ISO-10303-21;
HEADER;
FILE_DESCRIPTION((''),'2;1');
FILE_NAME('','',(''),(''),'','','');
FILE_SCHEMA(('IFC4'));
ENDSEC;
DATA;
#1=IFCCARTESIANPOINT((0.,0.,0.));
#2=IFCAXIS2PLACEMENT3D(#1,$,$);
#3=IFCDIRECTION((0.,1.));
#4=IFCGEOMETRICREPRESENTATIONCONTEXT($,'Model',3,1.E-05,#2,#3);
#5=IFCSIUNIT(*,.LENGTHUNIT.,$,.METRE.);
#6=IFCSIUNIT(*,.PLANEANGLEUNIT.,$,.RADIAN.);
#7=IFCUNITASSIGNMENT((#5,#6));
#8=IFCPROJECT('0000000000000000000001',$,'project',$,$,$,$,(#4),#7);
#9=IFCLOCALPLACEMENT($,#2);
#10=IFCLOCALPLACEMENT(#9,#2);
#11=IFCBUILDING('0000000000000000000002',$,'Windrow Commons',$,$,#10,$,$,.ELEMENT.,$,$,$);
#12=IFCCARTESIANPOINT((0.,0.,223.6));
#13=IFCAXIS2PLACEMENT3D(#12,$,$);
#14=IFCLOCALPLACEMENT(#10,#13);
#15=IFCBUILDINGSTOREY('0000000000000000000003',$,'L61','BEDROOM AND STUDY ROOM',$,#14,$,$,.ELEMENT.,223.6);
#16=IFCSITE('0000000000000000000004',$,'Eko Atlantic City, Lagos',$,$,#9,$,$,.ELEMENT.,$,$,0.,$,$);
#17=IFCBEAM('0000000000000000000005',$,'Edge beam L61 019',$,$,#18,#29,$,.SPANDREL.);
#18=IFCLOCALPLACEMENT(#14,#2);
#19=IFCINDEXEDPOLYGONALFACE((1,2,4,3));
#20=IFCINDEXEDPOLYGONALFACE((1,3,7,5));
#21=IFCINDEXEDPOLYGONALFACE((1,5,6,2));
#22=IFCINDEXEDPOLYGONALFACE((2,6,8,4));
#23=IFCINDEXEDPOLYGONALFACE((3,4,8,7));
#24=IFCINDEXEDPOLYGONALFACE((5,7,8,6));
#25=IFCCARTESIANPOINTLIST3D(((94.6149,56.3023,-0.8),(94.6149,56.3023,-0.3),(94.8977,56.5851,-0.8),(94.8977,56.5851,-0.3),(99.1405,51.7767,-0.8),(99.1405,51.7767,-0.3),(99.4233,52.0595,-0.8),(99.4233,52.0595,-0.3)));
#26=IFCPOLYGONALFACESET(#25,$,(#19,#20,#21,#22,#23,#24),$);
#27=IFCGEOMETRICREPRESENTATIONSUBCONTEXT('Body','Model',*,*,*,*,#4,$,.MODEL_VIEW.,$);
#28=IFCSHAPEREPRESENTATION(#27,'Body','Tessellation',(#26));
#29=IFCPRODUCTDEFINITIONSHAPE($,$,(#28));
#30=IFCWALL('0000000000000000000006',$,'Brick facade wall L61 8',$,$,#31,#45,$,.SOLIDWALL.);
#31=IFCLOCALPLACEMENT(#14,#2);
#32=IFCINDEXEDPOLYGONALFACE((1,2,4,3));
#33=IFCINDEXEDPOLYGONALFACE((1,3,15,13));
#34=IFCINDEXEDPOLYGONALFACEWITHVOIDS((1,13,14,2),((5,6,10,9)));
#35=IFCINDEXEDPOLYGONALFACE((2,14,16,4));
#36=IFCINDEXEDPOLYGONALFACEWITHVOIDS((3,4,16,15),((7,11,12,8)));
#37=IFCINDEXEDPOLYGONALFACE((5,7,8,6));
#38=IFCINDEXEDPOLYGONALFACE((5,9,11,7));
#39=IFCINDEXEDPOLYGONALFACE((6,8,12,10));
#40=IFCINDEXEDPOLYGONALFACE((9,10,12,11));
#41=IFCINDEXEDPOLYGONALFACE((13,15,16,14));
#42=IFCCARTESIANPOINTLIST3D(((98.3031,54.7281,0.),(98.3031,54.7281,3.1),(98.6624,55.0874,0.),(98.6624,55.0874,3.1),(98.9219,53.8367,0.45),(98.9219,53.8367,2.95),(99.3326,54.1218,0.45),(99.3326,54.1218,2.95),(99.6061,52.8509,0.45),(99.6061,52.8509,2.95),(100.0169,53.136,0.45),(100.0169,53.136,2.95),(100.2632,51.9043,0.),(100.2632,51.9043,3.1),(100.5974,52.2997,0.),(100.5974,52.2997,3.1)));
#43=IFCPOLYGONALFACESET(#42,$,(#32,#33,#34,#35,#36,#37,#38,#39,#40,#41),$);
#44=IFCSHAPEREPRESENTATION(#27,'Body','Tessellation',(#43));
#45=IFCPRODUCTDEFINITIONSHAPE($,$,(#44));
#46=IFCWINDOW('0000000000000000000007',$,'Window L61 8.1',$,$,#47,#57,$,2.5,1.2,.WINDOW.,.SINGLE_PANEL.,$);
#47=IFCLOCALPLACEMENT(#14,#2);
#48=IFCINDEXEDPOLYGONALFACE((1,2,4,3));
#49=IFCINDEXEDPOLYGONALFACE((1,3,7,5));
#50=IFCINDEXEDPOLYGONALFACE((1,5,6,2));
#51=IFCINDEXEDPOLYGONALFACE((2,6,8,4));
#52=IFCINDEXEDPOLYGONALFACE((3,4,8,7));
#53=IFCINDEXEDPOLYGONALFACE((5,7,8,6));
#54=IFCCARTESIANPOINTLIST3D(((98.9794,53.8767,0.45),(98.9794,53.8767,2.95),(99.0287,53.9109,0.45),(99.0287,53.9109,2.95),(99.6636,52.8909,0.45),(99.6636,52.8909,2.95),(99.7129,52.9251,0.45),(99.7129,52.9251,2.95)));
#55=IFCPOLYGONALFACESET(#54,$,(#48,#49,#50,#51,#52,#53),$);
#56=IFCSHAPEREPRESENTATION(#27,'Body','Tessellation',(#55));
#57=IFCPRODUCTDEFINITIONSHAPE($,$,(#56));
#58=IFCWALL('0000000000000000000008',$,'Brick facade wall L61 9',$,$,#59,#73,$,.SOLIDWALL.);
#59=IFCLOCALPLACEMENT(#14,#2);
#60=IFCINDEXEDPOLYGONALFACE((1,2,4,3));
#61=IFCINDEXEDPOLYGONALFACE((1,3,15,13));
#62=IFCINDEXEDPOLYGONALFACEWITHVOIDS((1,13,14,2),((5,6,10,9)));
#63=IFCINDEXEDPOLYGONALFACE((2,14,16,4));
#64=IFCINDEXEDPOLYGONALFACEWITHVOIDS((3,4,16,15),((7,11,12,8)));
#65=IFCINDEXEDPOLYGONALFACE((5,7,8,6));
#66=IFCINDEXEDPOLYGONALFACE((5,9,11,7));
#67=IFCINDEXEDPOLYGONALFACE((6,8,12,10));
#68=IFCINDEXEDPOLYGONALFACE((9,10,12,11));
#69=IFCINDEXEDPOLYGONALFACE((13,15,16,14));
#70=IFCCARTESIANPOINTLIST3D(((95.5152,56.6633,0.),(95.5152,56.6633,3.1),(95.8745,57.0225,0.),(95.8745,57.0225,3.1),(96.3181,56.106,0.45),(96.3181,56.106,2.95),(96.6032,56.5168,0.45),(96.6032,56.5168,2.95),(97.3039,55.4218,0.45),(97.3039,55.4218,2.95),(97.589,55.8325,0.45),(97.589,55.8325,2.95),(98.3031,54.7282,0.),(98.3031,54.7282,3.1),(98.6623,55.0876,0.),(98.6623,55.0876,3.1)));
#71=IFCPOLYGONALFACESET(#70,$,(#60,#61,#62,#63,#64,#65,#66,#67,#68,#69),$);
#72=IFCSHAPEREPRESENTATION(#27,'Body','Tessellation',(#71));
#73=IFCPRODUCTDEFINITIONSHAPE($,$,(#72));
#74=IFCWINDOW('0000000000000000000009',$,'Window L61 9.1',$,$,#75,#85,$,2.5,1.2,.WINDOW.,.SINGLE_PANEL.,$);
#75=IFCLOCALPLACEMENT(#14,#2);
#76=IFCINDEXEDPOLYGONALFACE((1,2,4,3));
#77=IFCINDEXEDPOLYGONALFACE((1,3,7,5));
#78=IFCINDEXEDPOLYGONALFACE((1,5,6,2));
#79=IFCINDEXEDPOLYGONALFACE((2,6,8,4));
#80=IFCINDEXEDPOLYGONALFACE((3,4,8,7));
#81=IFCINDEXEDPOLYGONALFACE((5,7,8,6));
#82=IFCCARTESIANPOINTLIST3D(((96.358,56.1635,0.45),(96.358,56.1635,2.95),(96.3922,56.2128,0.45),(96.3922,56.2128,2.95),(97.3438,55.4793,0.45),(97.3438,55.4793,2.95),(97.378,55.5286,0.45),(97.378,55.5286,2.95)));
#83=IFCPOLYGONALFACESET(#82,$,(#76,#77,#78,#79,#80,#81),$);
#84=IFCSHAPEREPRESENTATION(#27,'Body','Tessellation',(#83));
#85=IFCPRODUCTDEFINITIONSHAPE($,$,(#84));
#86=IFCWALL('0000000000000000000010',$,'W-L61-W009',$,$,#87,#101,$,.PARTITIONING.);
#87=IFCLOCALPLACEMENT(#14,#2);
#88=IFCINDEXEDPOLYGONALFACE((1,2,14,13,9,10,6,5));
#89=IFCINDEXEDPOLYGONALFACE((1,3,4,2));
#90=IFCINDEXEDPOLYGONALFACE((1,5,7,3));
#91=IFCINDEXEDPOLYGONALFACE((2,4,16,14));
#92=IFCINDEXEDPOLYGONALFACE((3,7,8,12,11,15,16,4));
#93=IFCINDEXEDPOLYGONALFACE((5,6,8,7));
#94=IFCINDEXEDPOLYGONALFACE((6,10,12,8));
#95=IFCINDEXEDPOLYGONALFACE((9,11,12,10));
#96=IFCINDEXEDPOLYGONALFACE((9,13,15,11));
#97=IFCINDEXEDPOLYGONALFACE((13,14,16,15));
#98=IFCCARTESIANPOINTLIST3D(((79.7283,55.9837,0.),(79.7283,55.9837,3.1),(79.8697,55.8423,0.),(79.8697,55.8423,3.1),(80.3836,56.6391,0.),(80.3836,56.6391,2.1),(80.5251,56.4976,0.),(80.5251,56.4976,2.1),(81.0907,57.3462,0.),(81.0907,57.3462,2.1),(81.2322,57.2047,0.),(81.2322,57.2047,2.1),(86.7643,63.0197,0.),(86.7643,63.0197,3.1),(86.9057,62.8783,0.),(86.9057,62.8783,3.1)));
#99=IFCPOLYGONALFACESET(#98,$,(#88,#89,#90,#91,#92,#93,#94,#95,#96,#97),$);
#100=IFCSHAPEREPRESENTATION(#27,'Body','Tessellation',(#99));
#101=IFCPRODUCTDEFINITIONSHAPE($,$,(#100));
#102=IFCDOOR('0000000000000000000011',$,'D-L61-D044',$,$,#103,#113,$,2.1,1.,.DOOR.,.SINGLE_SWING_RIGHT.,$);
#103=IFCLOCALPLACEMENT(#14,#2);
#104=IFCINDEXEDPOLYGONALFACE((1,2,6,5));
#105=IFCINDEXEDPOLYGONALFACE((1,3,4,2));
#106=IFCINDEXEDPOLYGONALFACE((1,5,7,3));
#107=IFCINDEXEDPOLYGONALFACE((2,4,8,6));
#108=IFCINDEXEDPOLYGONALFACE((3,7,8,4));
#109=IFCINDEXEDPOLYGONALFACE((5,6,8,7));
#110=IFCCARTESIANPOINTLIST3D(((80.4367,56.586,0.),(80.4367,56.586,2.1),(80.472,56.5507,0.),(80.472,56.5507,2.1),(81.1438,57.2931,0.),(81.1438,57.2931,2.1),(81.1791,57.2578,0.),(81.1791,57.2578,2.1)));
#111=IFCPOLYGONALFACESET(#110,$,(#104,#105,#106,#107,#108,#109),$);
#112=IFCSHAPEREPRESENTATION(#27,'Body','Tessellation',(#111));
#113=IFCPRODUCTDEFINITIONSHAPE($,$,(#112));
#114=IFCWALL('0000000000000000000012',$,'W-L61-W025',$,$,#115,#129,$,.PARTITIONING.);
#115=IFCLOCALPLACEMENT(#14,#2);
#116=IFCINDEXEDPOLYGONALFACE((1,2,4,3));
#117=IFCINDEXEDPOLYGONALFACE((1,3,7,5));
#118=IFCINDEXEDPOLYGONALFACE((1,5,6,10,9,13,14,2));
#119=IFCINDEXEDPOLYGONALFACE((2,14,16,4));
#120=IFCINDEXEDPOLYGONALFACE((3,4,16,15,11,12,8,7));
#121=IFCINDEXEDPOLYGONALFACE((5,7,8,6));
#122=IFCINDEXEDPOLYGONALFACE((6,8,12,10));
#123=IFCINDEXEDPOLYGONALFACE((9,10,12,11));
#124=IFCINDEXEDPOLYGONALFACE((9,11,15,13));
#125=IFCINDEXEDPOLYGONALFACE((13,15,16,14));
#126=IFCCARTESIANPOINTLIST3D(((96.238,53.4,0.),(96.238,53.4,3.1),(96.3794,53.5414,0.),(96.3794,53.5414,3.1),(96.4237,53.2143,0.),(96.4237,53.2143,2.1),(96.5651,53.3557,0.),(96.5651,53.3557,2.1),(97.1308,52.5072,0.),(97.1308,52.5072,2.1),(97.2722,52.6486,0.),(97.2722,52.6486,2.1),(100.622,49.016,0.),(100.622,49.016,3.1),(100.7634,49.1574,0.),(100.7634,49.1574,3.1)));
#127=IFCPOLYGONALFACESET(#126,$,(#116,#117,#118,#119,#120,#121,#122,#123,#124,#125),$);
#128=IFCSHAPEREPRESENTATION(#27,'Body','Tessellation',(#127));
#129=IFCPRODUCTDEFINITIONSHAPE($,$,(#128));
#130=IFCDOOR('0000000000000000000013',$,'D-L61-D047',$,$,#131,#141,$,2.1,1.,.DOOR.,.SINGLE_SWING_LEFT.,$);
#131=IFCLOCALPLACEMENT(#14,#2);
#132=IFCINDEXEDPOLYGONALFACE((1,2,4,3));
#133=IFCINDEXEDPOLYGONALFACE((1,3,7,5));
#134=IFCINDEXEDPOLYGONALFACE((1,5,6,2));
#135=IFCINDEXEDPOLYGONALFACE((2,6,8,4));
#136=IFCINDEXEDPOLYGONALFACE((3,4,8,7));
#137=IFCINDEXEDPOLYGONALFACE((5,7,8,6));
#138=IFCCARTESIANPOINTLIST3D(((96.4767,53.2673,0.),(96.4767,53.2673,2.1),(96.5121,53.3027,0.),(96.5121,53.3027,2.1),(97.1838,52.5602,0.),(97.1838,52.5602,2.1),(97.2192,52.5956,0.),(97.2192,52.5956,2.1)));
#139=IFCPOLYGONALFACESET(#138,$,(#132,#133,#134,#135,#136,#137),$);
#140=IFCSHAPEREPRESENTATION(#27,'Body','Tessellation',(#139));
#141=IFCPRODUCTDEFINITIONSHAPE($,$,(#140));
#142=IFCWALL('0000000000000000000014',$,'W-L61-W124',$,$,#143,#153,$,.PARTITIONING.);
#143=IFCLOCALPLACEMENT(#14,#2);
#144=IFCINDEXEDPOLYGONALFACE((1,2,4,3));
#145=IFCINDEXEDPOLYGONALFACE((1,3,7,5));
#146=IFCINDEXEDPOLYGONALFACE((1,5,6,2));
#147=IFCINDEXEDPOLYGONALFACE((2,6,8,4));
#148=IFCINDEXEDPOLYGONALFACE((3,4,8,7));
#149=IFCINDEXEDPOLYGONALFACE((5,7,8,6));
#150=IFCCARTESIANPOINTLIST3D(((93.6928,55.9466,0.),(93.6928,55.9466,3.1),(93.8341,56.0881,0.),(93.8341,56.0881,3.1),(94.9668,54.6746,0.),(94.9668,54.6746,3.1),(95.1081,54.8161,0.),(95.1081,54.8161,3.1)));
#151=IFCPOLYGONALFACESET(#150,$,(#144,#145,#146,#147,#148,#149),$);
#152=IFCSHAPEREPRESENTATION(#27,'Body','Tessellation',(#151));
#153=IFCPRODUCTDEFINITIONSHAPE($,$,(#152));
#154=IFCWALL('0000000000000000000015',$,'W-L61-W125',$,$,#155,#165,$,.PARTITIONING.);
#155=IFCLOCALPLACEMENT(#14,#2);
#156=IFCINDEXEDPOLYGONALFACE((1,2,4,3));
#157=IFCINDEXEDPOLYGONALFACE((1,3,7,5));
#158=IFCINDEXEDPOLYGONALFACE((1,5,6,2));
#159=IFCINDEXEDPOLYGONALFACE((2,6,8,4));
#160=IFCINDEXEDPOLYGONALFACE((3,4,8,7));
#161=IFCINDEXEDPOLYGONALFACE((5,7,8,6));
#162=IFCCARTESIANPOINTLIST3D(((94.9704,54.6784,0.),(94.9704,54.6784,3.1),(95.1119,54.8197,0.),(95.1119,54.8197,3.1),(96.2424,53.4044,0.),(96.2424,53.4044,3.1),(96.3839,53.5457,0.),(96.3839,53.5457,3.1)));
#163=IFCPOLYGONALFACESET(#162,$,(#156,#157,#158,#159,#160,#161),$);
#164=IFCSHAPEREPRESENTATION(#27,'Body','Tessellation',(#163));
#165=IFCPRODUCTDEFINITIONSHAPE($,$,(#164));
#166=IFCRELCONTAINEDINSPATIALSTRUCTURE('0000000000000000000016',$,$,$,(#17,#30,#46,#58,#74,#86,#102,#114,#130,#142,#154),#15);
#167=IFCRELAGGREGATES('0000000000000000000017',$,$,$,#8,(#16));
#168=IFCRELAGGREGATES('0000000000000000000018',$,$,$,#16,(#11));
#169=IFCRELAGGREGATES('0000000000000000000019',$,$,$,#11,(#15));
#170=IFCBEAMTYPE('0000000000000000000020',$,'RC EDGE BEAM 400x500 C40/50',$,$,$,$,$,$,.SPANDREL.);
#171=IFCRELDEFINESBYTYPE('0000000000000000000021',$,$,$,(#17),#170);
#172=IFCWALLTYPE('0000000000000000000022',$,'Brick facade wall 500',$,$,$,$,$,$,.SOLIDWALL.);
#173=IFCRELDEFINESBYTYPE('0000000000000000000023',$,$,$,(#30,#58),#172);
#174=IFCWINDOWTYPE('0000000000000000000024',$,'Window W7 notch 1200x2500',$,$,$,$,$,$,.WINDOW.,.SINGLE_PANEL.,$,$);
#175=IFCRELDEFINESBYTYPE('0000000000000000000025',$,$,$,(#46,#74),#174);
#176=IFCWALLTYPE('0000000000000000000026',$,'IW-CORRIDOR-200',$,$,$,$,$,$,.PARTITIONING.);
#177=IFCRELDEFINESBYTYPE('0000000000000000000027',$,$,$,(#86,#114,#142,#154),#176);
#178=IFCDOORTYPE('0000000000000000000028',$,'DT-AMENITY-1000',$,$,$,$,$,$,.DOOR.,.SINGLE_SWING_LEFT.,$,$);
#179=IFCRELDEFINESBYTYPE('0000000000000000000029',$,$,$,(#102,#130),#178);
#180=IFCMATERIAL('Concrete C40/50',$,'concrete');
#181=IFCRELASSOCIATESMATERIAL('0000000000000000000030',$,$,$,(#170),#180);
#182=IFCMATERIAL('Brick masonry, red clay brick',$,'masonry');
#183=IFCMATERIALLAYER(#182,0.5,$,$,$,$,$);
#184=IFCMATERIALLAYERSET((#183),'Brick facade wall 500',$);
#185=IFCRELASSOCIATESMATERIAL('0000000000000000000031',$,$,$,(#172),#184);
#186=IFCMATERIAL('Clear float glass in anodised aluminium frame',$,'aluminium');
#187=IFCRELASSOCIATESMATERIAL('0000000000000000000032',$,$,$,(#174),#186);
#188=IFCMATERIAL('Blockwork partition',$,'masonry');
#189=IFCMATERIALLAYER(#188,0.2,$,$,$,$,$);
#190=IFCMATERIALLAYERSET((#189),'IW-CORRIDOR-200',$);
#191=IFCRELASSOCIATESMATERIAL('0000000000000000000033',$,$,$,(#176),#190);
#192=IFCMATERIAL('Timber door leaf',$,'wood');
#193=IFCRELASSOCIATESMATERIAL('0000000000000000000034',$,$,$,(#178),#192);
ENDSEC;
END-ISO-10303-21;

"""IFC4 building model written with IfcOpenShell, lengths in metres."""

from ifc_helpers import new_model, si_unit, direction, frame, frame_2d, origin, origin_2d, place, context, subcontext, project, spatial, polyline, rectangle, outline, extrude, material, layer, layer_set, material_profile, profile_set, type_object, element, fill, save


model = new_model("IFC4")

# Units and contexts
model_context = context("Model", 3, precision=1e-05, world=origin(), true_north=direction((0.0, 1.0)))
body_context = subcontext(model_context, "Body", "Model", "MODEL_VIEW")
ifc_project = project(units=[si_unit("LENGTHUNIT", "METRE"), si_unit("PLANEANGLEUNIT", "RADIAN")], contexts=[model_context])

# Site, building, storey
site_placement = place(None, origin())
site = spatial("IfcSite", under=ifc_project, at=site_placement, Name="Eko Atlantic City, Lagos", CompositionType="ELEMENT", RefElevation=0.0)
building_placement = place(site_placement, origin())
building = spatial("IfcBuilding", under=site, at=building_placement, Name="Windrow Commons", CompositionType="ELEMENT")
storey_placement = place(building_placement, frame((0.0, 0.0, 223.6)))
storey = spatial("IfcBuildingStorey", under=building, at=storey_placement, Name="L61", Description="BEDROOM AND STUDY ROOM", CompositionType="ELEMENT", Elevation=223.6)

# Beam
ifc_material_1 = material(Name="Concrete C40/50", Category="concrete")
ifc_material_profile = material_profile(ifc_material_1, rectangle(XDim=0.4, YDim=0.5, at=origin_2d()))
ifc_profile_set = profile_set([ifc_material_profile], Name="Concrete C40/50")
beam_type = type_object("IfcBeamType", Name="RC EDGE BEAM 400x500 C40/50", PredefinedType="SPANDREL", material=ifc_profile_set)
beam_placement = place(storey_placement, frame((94.7563, 56.4437, -0.55), z_axis=(0.707107, -0.707107, 0.0), x_axis=(0.707107, 0.707107, 0.0)))
element("IfcBeam", 1, at=beam_placement, inside=storey, type_object=beam_type, Name="Edge beam L61 019", PredefinedType="SPANDREL", context=body_context, shape_type="SweptSolid", body=[
    extrude(rectangle(XDim=0.4, YDim=0.5, at=origin_2d()), origin(), (0.0, 0.0, 1.0), 6.4002),
])

# Walls, openings, windows
ifc_material_2 = material(Name="Brick masonry, red clay brick", Category="masonry")
ifc_layer_1 = layer(ifc_material_2, 0.5)
ifc_layer_set_1 = layer_set([ifc_layer_1], Name="Brick facade wall 500")
wall_type_1 = type_object("IfcWallType", Name="Brick facade wall 500", PredefinedType="SOLIDWALL", material=ifc_layer_set_1)
wall_1_placement = place(storey_placement, frame((100.4303, 52.102, 0.0), z_axis=(0.0, 0.0, 1.0), x_axis=(-0.57021, 0.821499, 0.0)))
wall_1 = element("IfcWall", 2, at=wall_1_placement, inside=storey, type_object=wall_type_1, Name="Brick facade wall L61 8", PredefinedType="SOLIDWALL", context=body_context, shape_type="SweptSolid", body=[
    extrude(outline(polyline([(0.0671, -0.25), (3.4606, -0.25), (3.3703, 0.25), (-0.0671, 0.25), (0.0671, -0.25)])), origin(), (0.0, 0.0, 1.0), 3.1),
])
opening_1_placement = place(wall_1_placement, frame((1.0852, 0.0, 0.45)))
opening_1 = element("IfcOpeningElement", 3, at=opening_1_placement, cuts=wall_1, PredefinedType="OPENING", context=body_context, shape_type="SweptSolid", body=[
    extrude(rectangle(XDim=1.2, YDim=2.5, at=frame_2d((0.6, 1.25))), frame((0.0, 0.26, 0.0), z_axis=(0.0, -1.0, 0.0), x_axis=(1.0, 0.0, 0.0)), (0.0, 0.0, 1.0), 0.52),
])
ifc_material_3 = material(Name="Clear float glass in anodised aluminium frame", Category="aluminium")
window_type = type_object("IfcWindowType", Name="Window W7 notch 1200x2500", PartitioningType="SINGLE_PANEL", PredefinedType="WINDOW", material=ifc_material_3)
window_1_placement = place(opening_1_placement, origin())
window_1 = element("IfcWindow", 4, at=window_1_placement, inside=storey, type_object=window_type, Name="Window L61 8.1", OverallHeight=2.5, OverallWidth=1.2, PartitioningType="SINGLE_PANEL", PredefinedType="WINDOW", context=body_context, shape_type="SweptSolid", body=[
    extrude(rectangle(XDim=1.2, YDim=2.5, at=frame_2d((0.6, 1.25))), frame((0.0, 0.18, 0.0), z_axis=(0.0, -1.0, 0.0), x_axis=(1.0, 0.0, 0.0)), (0.0, 0.0, 1.0), 0.06),
])
fill(opening_1, window_1)
wall_2_placement = place(storey_placement, frame((98.4827, 54.9079, 0.0), z_axis=(0.0, 0.0, 1.0), x_axis=(-0.821504, 0.570203, 0.0)))
wall_2 = element("IfcWall", 5, at=wall_2_placement, inside=storey, type_object=wall_type_1, Name="Brick facade wall L61 9", PredefinedType="SOLIDWALL", context=body_context, shape_type="SweptSolid", body=[
    extrude(outline(polyline([(-0.0451, -0.25), (3.3484, -0.25), (3.4387, 0.25), (0.0451, 0.25), (-0.0451, -0.25)])), origin(), (0.0, 0.0, 1.0), 3.1),
])
opening_2_placement = place(wall_2_placement, frame((1.2614, 0.0, 0.45)))
opening_2 = element("IfcOpeningElement", 6, at=opening_2_placement, cuts=wall_2, PredefinedType="OPENING", context=body_context, shape_type="SweptSolid", body=[
    extrude(rectangle(XDim=1.2, YDim=2.5, at=frame_2d((0.6, 1.25))), frame((0.0, 0.26, 0.0), z_axis=(0.0, -1.0, 0.0), x_axis=(1.0, 0.0, 0.0)), (0.0, 0.0, 1.0), 0.52),
])
window_2_placement = place(opening_2_placement, origin())
window_2 = element("IfcWindow", 7, at=window_2_placement, inside=storey, type_object=window_type, Name="Window L61 9.1", OverallHeight=2.5, OverallWidth=1.2, PartitioningType="SINGLE_PANEL", PredefinedType="WINDOW", context=body_context, shape_type="SweptSolid", body=[
    extrude(rectangle(XDim=1.2, YDim=2.5, at=frame_2d((0.6, 1.25))), frame((0.0, 0.18, 0.0), z_axis=(0.0, -1.0, 0.0), x_axis=(1.0, 0.0, 0.0)), (0.0, 0.0, 1.0), 0.06),
])
fill(opening_2, window_2)

# Walls, openings, doors
ifc_material_4 = material(Name="Blockwork partition", Category="masonry")
ifc_layer_2 = layer(ifc_material_4, 0.2)
ifc_layer_set_2 = layer_set([ifc_layer_2], Name="IW-CORRIDOR-200")
wall_type_2 = type_object("IfcWallType", Name="IW-CORRIDOR-200", PredefinedType="PARTITIONING", material=ifc_layer_set_2)
wall_3_placement = place(storey_placement, frame((79.799, 55.913, 0.0), z_axis=(0.0, 0.0, 1.0), x_axis=(0.707107, 0.707107, 0.0)))
wall_3 = element("IfcWall", 8, at=wall_3_placement, inside=storey, type_object=wall_type_2, Name="W-L61-W009", PredefinedType="PARTITIONING", context=body_context, shape_type="SweptSolid", body=[
    extrude(rectangle(XDim=9.9504, YDim=0.2, at=frame_2d((4.9752, 0.0))), origin(), (0.0, 0.0, 1.0), 3.1),
])
opening_3_placement = place(wall_3_placement, frame((0.9268, 0.0, 0.0)))
opening_3 = element("IfcOpeningElement", 9, at=opening_3_placement, cuts=wall_3, PredefinedType="OPENING", context=body_context, shape_type="SweptSolid", body=[
    extrude(rectangle(XDim=1.0, YDim=2.1, at=frame_2d((0.5, 1.05))), frame((0.0, 0.11, 0.0), z_axis=(0.0, -1.0, 0.0), x_axis=(1.0, 0.0, 0.0)), (0.0, 0.0, 1.0), 0.22),
])
ifc_material_5 = material(Name="Timber door leaf", Category="wood")
door_type_1 = type_object("IfcDoorType", Name="DT-AMENITY-1000", OperationType="SINGLE_SWING_LEFT", PredefinedType="DOOR", material=ifc_material_5)
door_1_placement = place(opening_3_placement, origin())
door_1 = element("IfcDoor", 10, at=door_1_placement, inside=storey, type_object=door_type_1, Name="D-L61-D044", OperationType="SINGLE_SWING_RIGHT", OverallHeight=2.1, OverallWidth=1.0, PredefinedType="DOOR", context=body_context, shape_type="SweptSolid", body=[
    extrude(rectangle(XDim=1.0, YDim=2.1, at=frame_2d((0.5, 1.05))), frame((0.0, 0.025, 0.0), z_axis=(0.0, -1.0, 0.0), x_axis=(1.0, 0.0, 0.0)), (0.0, 0.0, 1.0), 0.05),
])
fill(opening_3, door_1)
wall_4_placement = place(storey_placement, frame((96.3087, 53.4707, 0.0), z_axis=(0.0, 0.0, 1.0), x_axis=(0.707107, -0.707107, 0.0)))
wall_4 = element("IfcWall", 11, at=wall_4_placement, inside=storey, type_object=wall_type_2, Name="W-L61-W025", PredefinedType="PARTITIONING", context=body_context, shape_type="SweptSolid", body=[
    extrude(rectangle(XDim=6.1999, YDim=0.2, at=frame_2d((3.1, 0.0))), origin(), (0.0, 0.0, 1.0), 3.1),
])
opening_4_placement = place(wall_4_placement, frame((0.2626, 0.0, 0.0)))
opening_4 = element("IfcOpeningElement", 12, at=opening_4_placement, cuts=wall_4, PredefinedType="OPENING", context=body_context, shape_type="SweptSolid", body=[
    extrude(rectangle(XDim=1.0, YDim=2.1, at=frame_2d((0.5, 1.05))), frame((0.0, 0.11, 0.0), z_axis=(0.0, -1.0, 0.0), x_axis=(1.0, 0.0, 0.0)), (0.0, 0.0, 1.0), 0.22),
])
door_2_placement = place(opening_4_placement, origin())
door_2 = element("IfcDoor", 13, at=door_2_placement, inside=storey, type_object=door_type_1, Name="D-L61-D047", OperationType="SINGLE_SWING_LEFT", OverallHeight=2.1, OverallWidth=1.0, PredefinedType="DOOR", context=body_context, shape_type="SweptSolid", body=[
    extrude(rectangle(XDim=1.0, YDim=2.1, at=frame_2d((0.5, 1.05))), frame((0.0, 0.025, 0.0), z_axis=(0.0, -1.0, 0.0), x_axis=(1.0, 0.0, 0.0)), (0.0, 0.0, 1.0), 0.05),
])
fill(opening_4, door_2)

# Walls
for number, where, z_axis, x_axis, name in (
    (14, (93.7634, 56.0174, 0.0), (0.0, 0.0, 1.0), (0.707662, -0.706551, 0.0), "W-L61-W124"),
    (15, (95.0411, 54.7491, 0.0), (0.0, 0.0, 1.0), (0.706551, -0.707662, 0.0), "W-L61-W125"),
):
    element("IfcWall", number, at=place(storey_placement, frame(where, z_axis=z_axis, x_axis=x_axis)), inside=storey, type_object=wall_type_2, Name=name, PredefinedType="PARTITIONING", context=body_context, shape_type="SweptSolid", body=[
        extrude(rectangle(XDim=1.8003, YDim=0.2, at=frame_2d((0.9002, 0.0))), origin(), (0.0, 0.0, 1.0), 3.1),
    ])

save(model, "model.ifc")
